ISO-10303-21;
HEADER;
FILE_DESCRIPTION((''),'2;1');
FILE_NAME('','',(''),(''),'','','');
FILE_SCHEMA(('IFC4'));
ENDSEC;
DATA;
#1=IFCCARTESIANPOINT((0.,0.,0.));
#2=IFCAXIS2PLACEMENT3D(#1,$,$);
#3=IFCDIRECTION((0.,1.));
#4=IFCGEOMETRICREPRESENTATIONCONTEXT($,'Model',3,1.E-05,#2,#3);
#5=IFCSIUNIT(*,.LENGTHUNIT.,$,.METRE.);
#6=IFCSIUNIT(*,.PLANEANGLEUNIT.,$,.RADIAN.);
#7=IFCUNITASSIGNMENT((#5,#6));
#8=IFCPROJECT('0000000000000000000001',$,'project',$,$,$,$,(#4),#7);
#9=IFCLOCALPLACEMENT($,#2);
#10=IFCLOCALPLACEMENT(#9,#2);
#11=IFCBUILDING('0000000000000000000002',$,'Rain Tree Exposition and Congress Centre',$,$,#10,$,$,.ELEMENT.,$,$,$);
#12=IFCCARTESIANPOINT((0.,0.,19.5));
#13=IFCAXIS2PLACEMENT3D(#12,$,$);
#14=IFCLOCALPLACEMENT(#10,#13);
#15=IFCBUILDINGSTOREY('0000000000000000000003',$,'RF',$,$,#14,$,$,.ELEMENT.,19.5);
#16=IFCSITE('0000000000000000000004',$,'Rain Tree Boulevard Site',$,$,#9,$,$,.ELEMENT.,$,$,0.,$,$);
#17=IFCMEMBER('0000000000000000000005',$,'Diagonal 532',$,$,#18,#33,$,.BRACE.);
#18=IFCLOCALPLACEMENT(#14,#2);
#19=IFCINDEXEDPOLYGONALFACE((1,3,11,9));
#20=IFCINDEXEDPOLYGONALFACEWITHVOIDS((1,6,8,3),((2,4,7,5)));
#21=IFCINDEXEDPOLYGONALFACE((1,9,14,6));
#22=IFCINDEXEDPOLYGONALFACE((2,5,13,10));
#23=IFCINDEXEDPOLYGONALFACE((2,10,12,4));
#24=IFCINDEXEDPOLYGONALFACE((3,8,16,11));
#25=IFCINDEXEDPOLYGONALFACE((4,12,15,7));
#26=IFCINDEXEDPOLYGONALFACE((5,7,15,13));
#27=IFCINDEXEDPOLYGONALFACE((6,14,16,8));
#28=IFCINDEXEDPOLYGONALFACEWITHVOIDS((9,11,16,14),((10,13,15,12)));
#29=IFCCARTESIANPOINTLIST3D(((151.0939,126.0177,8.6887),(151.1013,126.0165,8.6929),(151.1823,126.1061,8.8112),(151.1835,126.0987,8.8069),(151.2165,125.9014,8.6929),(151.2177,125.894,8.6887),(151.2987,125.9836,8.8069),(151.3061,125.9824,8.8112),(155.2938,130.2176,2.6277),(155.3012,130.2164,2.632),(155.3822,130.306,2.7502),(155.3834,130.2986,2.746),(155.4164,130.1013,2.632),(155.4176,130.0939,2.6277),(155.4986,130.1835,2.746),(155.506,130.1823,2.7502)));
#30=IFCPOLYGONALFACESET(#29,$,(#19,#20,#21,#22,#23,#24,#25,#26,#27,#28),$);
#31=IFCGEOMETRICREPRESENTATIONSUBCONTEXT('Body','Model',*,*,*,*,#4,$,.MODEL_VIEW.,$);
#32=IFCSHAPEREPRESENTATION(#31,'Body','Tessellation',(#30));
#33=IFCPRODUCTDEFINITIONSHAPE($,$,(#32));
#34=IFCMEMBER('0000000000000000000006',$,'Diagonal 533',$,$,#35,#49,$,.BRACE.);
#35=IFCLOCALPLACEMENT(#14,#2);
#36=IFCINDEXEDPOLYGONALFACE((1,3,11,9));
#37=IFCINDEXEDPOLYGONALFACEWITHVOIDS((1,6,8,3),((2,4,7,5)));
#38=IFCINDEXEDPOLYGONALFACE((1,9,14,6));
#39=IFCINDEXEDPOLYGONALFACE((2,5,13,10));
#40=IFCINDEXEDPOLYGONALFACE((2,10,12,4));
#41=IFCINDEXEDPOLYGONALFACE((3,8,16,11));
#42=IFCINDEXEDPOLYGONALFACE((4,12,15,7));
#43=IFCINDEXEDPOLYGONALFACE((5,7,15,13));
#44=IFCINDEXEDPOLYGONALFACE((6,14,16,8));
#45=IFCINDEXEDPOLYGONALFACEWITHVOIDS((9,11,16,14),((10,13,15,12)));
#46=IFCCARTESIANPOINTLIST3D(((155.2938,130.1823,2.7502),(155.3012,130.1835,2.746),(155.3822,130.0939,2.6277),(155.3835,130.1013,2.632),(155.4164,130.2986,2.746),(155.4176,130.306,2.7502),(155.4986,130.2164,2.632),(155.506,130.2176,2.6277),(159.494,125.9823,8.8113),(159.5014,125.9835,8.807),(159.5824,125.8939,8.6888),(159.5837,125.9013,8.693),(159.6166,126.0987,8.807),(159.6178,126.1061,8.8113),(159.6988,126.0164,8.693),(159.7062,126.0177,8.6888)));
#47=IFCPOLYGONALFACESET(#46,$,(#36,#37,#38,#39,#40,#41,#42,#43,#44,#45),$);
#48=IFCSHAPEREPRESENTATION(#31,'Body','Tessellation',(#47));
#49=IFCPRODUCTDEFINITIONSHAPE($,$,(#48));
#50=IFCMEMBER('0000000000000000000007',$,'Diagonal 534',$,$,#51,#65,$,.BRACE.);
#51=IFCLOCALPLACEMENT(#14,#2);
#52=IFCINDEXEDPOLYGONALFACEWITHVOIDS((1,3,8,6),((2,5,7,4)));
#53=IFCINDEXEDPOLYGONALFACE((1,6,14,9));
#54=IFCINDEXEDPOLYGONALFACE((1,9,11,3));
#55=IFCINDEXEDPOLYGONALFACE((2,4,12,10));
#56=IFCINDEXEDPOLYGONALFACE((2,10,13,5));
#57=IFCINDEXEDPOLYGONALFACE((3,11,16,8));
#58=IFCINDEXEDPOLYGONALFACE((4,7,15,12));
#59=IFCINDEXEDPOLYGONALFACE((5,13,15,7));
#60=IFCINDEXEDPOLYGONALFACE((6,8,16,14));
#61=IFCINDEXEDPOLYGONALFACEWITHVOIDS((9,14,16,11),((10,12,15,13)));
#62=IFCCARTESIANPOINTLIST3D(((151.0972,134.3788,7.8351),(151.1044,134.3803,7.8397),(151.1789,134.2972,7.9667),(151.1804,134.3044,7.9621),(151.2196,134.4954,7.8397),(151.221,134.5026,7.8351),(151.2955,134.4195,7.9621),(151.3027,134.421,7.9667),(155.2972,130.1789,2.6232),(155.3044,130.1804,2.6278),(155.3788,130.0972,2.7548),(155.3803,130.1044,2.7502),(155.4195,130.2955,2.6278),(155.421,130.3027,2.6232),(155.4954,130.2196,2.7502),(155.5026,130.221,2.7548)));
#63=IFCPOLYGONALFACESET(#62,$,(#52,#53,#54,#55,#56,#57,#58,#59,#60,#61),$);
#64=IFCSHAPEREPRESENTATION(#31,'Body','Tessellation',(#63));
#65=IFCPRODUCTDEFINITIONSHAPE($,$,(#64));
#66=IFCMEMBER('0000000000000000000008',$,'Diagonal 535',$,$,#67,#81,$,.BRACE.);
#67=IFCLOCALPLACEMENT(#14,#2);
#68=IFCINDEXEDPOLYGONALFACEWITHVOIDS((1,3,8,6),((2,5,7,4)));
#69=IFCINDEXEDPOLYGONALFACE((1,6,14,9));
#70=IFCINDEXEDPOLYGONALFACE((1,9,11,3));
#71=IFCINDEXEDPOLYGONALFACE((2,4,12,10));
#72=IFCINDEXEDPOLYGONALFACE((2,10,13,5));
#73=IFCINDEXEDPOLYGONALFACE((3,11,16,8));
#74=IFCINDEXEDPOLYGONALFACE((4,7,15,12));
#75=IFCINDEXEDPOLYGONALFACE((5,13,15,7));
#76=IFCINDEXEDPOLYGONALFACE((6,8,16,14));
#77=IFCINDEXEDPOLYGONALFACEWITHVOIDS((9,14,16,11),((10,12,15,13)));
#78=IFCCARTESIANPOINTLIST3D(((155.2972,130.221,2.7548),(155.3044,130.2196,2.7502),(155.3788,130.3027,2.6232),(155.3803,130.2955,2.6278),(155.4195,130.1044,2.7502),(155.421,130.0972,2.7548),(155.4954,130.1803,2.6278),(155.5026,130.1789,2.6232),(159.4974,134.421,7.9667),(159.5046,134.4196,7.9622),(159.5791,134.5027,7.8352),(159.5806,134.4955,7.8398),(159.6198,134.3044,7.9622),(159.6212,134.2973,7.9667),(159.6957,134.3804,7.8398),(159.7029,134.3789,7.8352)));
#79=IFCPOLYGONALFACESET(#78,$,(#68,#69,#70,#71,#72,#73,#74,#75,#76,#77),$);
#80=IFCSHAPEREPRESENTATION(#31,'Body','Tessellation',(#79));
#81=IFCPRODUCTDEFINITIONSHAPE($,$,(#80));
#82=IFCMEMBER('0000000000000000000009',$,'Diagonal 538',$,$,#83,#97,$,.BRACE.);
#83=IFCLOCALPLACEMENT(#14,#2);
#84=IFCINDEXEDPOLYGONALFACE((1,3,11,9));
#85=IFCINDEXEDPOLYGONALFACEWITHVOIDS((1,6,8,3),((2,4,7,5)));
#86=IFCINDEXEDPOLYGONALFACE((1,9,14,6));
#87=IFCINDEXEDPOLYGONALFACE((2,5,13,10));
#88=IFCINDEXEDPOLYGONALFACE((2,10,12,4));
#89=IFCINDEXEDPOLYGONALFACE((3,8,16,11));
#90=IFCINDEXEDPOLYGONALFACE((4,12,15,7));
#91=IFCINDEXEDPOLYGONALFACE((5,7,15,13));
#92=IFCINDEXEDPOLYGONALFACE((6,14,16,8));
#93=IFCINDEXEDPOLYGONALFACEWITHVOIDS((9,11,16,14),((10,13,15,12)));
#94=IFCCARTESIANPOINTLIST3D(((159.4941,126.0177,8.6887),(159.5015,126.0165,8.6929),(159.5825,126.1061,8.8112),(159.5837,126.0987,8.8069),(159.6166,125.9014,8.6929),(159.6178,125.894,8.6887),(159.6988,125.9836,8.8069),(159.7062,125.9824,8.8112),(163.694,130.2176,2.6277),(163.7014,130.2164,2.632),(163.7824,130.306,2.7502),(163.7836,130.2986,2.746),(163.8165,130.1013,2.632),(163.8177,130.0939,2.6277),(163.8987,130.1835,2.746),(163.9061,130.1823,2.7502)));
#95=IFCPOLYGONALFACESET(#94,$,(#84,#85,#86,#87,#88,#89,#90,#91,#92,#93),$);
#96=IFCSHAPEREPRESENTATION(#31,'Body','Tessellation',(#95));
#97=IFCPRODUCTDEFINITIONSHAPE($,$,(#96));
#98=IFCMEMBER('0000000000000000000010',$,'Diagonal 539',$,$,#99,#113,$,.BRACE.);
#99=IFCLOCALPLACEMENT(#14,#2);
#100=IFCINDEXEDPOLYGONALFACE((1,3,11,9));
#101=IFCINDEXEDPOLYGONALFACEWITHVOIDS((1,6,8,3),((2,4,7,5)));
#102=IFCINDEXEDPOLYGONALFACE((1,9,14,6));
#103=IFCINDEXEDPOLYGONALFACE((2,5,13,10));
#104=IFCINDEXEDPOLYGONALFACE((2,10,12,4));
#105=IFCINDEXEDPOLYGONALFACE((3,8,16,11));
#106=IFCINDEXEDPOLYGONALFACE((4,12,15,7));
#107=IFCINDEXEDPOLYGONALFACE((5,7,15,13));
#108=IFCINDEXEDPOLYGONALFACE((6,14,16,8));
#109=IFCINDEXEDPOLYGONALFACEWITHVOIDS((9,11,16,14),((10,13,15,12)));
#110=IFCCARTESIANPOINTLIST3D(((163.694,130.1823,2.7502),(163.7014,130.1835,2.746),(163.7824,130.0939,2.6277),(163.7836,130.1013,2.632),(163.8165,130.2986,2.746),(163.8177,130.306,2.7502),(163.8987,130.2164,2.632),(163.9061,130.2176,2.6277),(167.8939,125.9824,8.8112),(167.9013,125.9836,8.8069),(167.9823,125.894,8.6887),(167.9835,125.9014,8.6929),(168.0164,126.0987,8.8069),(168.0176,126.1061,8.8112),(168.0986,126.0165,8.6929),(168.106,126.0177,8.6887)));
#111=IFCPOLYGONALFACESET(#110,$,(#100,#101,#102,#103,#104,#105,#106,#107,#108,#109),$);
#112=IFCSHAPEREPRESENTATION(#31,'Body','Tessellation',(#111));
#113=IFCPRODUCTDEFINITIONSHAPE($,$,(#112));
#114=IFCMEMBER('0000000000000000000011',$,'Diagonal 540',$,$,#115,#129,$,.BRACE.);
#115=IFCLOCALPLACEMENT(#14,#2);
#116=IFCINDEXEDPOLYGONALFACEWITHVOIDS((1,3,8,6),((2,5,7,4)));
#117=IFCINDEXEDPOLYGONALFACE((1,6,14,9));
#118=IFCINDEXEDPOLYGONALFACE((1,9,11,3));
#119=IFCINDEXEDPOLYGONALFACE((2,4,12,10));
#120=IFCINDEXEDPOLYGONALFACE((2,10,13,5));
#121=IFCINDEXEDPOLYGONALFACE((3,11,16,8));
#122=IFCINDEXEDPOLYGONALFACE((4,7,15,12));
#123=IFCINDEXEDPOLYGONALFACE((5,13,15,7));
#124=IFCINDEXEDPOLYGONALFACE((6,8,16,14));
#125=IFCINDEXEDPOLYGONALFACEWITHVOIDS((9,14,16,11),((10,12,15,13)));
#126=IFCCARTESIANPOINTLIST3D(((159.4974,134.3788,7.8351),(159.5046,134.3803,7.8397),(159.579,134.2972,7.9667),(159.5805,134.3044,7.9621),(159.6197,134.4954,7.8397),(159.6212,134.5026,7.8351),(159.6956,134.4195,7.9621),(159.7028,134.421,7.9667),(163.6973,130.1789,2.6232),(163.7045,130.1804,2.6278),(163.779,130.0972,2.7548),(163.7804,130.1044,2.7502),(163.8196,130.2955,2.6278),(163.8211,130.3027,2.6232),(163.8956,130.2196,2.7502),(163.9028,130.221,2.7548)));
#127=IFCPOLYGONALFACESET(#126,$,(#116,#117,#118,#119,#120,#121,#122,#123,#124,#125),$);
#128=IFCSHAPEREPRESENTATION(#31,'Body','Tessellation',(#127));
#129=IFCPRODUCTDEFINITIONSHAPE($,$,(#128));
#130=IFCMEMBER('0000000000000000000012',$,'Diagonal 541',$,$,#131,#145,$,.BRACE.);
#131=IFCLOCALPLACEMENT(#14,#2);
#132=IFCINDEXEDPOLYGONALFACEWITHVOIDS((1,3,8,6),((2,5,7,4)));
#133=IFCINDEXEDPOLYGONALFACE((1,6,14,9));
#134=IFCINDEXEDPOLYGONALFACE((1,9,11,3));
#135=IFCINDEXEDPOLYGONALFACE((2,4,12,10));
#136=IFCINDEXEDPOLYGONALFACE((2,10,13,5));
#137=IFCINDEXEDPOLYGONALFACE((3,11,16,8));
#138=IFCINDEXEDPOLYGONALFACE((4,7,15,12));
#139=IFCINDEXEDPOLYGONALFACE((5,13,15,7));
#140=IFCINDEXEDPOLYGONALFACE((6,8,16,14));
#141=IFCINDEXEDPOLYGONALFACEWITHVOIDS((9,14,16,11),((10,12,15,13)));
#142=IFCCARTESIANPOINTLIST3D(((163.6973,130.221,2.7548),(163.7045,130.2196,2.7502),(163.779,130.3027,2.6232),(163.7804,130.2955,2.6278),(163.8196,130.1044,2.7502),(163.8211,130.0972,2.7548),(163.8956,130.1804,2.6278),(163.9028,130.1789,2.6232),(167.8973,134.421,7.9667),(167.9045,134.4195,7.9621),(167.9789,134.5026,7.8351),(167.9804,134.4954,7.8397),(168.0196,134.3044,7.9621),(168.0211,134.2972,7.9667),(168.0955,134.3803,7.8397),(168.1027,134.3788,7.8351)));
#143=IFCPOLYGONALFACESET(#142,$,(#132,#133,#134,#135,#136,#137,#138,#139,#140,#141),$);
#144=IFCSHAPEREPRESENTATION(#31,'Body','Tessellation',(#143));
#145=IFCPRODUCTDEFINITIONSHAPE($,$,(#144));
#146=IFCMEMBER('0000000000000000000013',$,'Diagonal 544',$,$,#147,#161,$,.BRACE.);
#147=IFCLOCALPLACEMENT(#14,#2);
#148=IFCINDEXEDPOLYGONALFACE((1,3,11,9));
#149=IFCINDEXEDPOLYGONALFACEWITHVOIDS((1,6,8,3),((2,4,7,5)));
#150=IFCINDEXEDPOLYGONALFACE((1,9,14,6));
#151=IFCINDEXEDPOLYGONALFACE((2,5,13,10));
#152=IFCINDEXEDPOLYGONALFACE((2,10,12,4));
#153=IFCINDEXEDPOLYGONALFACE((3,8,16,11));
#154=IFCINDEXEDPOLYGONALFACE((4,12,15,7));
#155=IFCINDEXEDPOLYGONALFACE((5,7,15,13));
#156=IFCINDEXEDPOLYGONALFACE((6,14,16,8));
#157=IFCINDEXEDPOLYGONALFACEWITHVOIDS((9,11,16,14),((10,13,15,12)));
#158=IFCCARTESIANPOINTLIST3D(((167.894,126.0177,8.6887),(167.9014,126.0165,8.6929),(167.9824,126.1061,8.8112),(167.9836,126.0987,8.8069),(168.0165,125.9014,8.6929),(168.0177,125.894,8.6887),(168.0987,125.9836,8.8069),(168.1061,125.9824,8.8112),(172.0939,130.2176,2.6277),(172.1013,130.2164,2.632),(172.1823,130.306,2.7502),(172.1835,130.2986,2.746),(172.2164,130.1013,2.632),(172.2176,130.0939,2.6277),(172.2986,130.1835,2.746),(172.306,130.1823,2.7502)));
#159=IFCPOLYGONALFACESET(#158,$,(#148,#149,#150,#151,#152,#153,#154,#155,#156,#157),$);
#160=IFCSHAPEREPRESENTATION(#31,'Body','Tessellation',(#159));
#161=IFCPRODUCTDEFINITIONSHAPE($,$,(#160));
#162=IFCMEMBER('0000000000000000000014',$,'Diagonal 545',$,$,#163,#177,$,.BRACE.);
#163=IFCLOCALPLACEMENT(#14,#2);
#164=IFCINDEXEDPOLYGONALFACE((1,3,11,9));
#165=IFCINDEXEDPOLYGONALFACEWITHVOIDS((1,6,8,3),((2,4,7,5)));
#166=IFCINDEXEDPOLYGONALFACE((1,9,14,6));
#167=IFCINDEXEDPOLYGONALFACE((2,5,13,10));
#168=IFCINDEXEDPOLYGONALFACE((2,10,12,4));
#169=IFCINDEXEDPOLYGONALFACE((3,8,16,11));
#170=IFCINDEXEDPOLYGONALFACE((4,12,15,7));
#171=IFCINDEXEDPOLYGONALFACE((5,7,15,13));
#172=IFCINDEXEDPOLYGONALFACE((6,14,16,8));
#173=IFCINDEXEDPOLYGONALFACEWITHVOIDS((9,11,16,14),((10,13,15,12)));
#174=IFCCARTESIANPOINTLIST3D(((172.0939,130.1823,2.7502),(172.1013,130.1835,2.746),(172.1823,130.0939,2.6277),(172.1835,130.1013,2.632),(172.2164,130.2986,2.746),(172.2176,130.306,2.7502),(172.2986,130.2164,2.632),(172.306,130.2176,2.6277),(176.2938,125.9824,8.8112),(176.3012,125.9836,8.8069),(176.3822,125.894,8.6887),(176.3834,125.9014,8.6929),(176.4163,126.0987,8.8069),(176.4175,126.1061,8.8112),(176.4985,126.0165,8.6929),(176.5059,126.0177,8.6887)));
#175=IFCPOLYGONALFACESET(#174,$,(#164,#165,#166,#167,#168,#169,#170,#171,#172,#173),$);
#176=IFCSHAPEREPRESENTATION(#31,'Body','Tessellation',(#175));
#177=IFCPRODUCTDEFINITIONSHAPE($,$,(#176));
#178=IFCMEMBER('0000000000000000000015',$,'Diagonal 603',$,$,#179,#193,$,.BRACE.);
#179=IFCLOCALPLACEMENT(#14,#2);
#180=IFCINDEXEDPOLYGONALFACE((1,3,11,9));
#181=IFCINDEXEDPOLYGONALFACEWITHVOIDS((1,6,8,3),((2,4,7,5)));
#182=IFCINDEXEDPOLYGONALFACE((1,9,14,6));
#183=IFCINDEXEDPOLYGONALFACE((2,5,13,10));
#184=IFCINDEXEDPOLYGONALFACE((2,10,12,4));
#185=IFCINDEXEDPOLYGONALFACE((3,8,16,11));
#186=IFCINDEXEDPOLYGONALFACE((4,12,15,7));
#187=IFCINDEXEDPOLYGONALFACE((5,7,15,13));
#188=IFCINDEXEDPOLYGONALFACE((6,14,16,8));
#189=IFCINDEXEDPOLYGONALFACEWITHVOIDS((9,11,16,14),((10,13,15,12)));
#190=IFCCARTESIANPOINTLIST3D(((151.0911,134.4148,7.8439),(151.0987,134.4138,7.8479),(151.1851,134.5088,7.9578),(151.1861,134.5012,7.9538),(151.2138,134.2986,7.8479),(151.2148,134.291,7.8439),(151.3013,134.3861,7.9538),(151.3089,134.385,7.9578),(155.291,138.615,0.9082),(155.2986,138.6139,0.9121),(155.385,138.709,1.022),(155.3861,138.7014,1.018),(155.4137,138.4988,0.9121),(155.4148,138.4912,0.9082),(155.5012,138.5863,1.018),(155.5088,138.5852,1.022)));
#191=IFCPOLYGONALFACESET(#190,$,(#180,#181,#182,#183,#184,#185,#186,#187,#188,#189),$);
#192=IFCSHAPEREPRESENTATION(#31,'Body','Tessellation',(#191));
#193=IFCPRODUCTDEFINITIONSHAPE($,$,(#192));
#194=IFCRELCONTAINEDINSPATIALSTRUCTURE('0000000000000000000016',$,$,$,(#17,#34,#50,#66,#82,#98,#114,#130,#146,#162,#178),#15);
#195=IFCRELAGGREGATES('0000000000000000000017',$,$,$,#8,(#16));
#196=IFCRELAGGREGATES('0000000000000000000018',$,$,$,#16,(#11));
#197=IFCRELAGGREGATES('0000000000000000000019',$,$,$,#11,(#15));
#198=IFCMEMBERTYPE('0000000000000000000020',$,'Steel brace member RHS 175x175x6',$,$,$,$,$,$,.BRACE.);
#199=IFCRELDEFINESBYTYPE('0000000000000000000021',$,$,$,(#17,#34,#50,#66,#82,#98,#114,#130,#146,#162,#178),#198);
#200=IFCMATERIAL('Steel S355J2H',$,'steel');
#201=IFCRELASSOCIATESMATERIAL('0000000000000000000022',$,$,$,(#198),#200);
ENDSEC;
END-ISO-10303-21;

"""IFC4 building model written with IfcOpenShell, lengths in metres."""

from ifc_helpers import new_model, si_unit, direction, frame, origin, origin_2d, place, context, subcontext, project, spatial, hollow_rectangle, extrude, material, material_profile, profile_set, type_object, element, save


model = new_model("IFC4")

# Units and contexts
model_context = context("Model", 3, precision=1e-05, world=origin(), true_north=direction((0.0, 1.0)))
body_context = subcontext(model_context, "Body", "Model", "MODEL_VIEW")
ifc_project = project(units=[si_unit("LENGTHUNIT", "METRE"), si_unit("PLANEANGLEUNIT", "RADIAN")], contexts=[model_context])

# Site, building, storey
site_placement = place(None, origin())
site = spatial("IfcSite", under=ifc_project, at=site_placement, Name="Rain Tree Boulevard Site", CompositionType="ELEMENT", RefElevation=0.0)
building_placement = place(site_placement, origin())
building = spatial("IfcBuilding", under=site, at=building_placement, Name="Rain Tree Exposition and Congress Centre", CompositionType="ELEMENT")
storey_placement = place(building_placement, frame((0.0, 0.0, 19.5)))
storey = spatial("IfcBuildingStorey", under=building, at=storey_placement, Name="RF", CompositionType="ELEMENT", Elevation=19.5)

# Members
ifc_material_1 = material(Name="Steel S355J2H", Category="steel")
ifc_material_profile_1 = material_profile(ifc_material_1, hollow_rectangle(XDim=0.175, YDim=0.175, WallThickness=0.0061, at=origin_2d()), Name="RHS 175x175x6")
ifc_profile_set_1 = profile_set([ifc_material_profile_1], Name="Steel S355J2H")
member_type_1 = type_object("IfcMemberType", Name="Steel brace member RHS 175x175x6", PredefinedType="BRACE", material=ifc_profile_set_1)
member_1_placement = place(storey_placement, frame((155.3999, 130.2, 2.689), z_axis=(-0.494916, -0.494916, 0.714224), x_axis=(0.707107, -0.707107, 0.0)))
element("IfcMember", 1, at=member_1_placement, inside=storey, type_object=member_type_1, Name="Diagonal 532", PredefinedType="BRACE", context=body_context, shape_type="SweptSolid", body=[
    extrude(hollow_rectangle(XDim=0.175, YDim=0.175, WallThickness=0.0061, at=origin_2d()), origin(), (0.0, 0.0, 1.0), 8.4861),
])
member_2_placement = place(storey_placement, frame((155.3999, 130.2, 2.689), z_axis=(0.494938, -0.494909, 0.714214), x_axis=(0.707086, 0.707127, 0.0)))
element("IfcMember", 2, at=member_2_placement, inside=storey, type_object=member_type_1, Name="Diagonal 533", PredefinedType="BRACE", context=body_context, shape_type="SweptSolid", body=[
    extrude(hollow_rectangle(XDim=0.175, YDim=0.175, WallThickness=0.0061, at=origin_2d()), origin(), (0.0, 0.0, 1.0), 8.4863),
])
member_3_placement = place(storey_placement, frame((155.3999, 130.2, 2.689), z_axis=(-0.531498, 0.531498, 0.65956), x_axis=(-0.707107, -0.707107, 0.0)))
element("IfcMember", 3, at=member_3_placement, inside=storey, type_object=member_type_1, Name="Diagonal 534", PredefinedType="BRACE", context=body_context, shape_type="SweptSolid", body=[
    extrude(hollow_rectangle(XDim=0.175, YDim=0.175, WallThickness=0.0061, at=origin_2d()), origin(), (0.0, 0.0, 1.0), 7.9021),
])
member_4_placement = place(storey_placement, frame((155.3999, 130.2, 2.689), z_axis=(0.53152, 0.531489, 0.65955), x_axis=(-0.707086, 0.707127, 0.0)))
element("IfcMember", 4, at=member_4_placement, inside=storey, type_object=member_type_1, Name="Diagonal 535", PredefinedType="BRACE", context=body_context, shape_type="SweptSolid", body=[
    extrude(hollow_rectangle(XDim=0.175, YDim=0.175, WallThickness=0.0061, at=origin_2d()), origin(), (0.0, 0.0, 1.0), 7.9023),
])
for number, where, z_axis, x_axis, name in (
    (5, (163.8, 130.2, 2.689), (-0.494916, -0.494916, 0.714224), (0.707107, -0.707107, 0.0), "Diagonal 538"),
    (6, (163.8, 130.2, 2.689), (0.494916, -0.494916, 0.714224), (0.707107, 0.707107, 0.0), "Diagonal 539"),
):
    element("IfcMember", number, at=place(storey_placement, frame(where, z_axis=z_axis, x_axis=x_axis)), inside=storey, type_object=member_type_1, Name=name, PredefinedType="BRACE", context=body_context, shape_type="SweptSolid", body=[
        extrude(hollow_rectangle(XDim=0.175, YDim=0.175, WallThickness=0.0061, at=origin_2d()), origin(), (0.0, 0.0, 1.0), 8.4861),
    ])
for number, where, z_axis, x_axis, name in (
    (7, (163.8, 130.2, 2.689), (-0.531498, 0.531498, 0.65956), (-0.707107, -0.707107, 0.0), "Diagonal 540"),
    (8, (163.8, 130.2, 2.689), (0.531498, 0.531498, 0.65956), (-0.707107, 0.707107, 0.0), "Diagonal 541"),
):
    element("IfcMember", number, at=place(storey_placement, frame(where, z_axis=z_axis, x_axis=x_axis)), inside=storey, type_object=member_type_1, Name=name, PredefinedType="BRACE", context=body_context, shape_type="SweptSolid", body=[
        extrude(hollow_rectangle(XDim=0.175, YDim=0.175, WallThickness=0.0061, at=origin_2d()), origin(), (0.0, 0.0, 1.0), 7.9021),
    ])
for number, where, z_axis, x_axis, name in (
    (9, (172.2, 130.2, 2.689), (-0.494916, -0.494916, 0.714224), (0.707107, -0.707107, 0.0), "Diagonal 544"),
    (10, (172.2, 130.2, 2.689), (0.494916, -0.494916, 0.714224), (0.707107, 0.707107, 0.0), "Diagonal 545"),
):
    element("IfcMember", number, at=place(storey_placement, frame(where, z_axis=z_axis, x_axis=x_axis)), inside=storey, type_object=member_type_1, Name=name, PredefinedType="BRACE", context=body_context, shape_type="SweptSolid", body=[
        extrude(hollow_rectangle(XDim=0.175, YDim=0.175, WallThickness=0.0061, at=origin_2d()), origin(), (0.0, 0.0, 1.0), 8.4861),
    ])
member_5_placement = place(storey_placement, frame((155.3999, 138.6001, 0.9651), z_axis=(-0.459935, -0.459962, 0.759536), x_axis=(0.707127, -0.707086, 0.0)))
element("IfcMember", 11, at=member_5_placement, inside=storey, type_object=member_type_1, Name="Diagonal 603", PredefinedType="BRACE", context=body_context, shape_type="SweptSolid", body=[
    extrude(hollow_rectangle(XDim=0.175, YDim=0.175, WallThickness=0.0061, at=origin_2d()), origin(), (0.0, 0.0, 1.0), 9.1316),
])

save(model, "model.ifc")
